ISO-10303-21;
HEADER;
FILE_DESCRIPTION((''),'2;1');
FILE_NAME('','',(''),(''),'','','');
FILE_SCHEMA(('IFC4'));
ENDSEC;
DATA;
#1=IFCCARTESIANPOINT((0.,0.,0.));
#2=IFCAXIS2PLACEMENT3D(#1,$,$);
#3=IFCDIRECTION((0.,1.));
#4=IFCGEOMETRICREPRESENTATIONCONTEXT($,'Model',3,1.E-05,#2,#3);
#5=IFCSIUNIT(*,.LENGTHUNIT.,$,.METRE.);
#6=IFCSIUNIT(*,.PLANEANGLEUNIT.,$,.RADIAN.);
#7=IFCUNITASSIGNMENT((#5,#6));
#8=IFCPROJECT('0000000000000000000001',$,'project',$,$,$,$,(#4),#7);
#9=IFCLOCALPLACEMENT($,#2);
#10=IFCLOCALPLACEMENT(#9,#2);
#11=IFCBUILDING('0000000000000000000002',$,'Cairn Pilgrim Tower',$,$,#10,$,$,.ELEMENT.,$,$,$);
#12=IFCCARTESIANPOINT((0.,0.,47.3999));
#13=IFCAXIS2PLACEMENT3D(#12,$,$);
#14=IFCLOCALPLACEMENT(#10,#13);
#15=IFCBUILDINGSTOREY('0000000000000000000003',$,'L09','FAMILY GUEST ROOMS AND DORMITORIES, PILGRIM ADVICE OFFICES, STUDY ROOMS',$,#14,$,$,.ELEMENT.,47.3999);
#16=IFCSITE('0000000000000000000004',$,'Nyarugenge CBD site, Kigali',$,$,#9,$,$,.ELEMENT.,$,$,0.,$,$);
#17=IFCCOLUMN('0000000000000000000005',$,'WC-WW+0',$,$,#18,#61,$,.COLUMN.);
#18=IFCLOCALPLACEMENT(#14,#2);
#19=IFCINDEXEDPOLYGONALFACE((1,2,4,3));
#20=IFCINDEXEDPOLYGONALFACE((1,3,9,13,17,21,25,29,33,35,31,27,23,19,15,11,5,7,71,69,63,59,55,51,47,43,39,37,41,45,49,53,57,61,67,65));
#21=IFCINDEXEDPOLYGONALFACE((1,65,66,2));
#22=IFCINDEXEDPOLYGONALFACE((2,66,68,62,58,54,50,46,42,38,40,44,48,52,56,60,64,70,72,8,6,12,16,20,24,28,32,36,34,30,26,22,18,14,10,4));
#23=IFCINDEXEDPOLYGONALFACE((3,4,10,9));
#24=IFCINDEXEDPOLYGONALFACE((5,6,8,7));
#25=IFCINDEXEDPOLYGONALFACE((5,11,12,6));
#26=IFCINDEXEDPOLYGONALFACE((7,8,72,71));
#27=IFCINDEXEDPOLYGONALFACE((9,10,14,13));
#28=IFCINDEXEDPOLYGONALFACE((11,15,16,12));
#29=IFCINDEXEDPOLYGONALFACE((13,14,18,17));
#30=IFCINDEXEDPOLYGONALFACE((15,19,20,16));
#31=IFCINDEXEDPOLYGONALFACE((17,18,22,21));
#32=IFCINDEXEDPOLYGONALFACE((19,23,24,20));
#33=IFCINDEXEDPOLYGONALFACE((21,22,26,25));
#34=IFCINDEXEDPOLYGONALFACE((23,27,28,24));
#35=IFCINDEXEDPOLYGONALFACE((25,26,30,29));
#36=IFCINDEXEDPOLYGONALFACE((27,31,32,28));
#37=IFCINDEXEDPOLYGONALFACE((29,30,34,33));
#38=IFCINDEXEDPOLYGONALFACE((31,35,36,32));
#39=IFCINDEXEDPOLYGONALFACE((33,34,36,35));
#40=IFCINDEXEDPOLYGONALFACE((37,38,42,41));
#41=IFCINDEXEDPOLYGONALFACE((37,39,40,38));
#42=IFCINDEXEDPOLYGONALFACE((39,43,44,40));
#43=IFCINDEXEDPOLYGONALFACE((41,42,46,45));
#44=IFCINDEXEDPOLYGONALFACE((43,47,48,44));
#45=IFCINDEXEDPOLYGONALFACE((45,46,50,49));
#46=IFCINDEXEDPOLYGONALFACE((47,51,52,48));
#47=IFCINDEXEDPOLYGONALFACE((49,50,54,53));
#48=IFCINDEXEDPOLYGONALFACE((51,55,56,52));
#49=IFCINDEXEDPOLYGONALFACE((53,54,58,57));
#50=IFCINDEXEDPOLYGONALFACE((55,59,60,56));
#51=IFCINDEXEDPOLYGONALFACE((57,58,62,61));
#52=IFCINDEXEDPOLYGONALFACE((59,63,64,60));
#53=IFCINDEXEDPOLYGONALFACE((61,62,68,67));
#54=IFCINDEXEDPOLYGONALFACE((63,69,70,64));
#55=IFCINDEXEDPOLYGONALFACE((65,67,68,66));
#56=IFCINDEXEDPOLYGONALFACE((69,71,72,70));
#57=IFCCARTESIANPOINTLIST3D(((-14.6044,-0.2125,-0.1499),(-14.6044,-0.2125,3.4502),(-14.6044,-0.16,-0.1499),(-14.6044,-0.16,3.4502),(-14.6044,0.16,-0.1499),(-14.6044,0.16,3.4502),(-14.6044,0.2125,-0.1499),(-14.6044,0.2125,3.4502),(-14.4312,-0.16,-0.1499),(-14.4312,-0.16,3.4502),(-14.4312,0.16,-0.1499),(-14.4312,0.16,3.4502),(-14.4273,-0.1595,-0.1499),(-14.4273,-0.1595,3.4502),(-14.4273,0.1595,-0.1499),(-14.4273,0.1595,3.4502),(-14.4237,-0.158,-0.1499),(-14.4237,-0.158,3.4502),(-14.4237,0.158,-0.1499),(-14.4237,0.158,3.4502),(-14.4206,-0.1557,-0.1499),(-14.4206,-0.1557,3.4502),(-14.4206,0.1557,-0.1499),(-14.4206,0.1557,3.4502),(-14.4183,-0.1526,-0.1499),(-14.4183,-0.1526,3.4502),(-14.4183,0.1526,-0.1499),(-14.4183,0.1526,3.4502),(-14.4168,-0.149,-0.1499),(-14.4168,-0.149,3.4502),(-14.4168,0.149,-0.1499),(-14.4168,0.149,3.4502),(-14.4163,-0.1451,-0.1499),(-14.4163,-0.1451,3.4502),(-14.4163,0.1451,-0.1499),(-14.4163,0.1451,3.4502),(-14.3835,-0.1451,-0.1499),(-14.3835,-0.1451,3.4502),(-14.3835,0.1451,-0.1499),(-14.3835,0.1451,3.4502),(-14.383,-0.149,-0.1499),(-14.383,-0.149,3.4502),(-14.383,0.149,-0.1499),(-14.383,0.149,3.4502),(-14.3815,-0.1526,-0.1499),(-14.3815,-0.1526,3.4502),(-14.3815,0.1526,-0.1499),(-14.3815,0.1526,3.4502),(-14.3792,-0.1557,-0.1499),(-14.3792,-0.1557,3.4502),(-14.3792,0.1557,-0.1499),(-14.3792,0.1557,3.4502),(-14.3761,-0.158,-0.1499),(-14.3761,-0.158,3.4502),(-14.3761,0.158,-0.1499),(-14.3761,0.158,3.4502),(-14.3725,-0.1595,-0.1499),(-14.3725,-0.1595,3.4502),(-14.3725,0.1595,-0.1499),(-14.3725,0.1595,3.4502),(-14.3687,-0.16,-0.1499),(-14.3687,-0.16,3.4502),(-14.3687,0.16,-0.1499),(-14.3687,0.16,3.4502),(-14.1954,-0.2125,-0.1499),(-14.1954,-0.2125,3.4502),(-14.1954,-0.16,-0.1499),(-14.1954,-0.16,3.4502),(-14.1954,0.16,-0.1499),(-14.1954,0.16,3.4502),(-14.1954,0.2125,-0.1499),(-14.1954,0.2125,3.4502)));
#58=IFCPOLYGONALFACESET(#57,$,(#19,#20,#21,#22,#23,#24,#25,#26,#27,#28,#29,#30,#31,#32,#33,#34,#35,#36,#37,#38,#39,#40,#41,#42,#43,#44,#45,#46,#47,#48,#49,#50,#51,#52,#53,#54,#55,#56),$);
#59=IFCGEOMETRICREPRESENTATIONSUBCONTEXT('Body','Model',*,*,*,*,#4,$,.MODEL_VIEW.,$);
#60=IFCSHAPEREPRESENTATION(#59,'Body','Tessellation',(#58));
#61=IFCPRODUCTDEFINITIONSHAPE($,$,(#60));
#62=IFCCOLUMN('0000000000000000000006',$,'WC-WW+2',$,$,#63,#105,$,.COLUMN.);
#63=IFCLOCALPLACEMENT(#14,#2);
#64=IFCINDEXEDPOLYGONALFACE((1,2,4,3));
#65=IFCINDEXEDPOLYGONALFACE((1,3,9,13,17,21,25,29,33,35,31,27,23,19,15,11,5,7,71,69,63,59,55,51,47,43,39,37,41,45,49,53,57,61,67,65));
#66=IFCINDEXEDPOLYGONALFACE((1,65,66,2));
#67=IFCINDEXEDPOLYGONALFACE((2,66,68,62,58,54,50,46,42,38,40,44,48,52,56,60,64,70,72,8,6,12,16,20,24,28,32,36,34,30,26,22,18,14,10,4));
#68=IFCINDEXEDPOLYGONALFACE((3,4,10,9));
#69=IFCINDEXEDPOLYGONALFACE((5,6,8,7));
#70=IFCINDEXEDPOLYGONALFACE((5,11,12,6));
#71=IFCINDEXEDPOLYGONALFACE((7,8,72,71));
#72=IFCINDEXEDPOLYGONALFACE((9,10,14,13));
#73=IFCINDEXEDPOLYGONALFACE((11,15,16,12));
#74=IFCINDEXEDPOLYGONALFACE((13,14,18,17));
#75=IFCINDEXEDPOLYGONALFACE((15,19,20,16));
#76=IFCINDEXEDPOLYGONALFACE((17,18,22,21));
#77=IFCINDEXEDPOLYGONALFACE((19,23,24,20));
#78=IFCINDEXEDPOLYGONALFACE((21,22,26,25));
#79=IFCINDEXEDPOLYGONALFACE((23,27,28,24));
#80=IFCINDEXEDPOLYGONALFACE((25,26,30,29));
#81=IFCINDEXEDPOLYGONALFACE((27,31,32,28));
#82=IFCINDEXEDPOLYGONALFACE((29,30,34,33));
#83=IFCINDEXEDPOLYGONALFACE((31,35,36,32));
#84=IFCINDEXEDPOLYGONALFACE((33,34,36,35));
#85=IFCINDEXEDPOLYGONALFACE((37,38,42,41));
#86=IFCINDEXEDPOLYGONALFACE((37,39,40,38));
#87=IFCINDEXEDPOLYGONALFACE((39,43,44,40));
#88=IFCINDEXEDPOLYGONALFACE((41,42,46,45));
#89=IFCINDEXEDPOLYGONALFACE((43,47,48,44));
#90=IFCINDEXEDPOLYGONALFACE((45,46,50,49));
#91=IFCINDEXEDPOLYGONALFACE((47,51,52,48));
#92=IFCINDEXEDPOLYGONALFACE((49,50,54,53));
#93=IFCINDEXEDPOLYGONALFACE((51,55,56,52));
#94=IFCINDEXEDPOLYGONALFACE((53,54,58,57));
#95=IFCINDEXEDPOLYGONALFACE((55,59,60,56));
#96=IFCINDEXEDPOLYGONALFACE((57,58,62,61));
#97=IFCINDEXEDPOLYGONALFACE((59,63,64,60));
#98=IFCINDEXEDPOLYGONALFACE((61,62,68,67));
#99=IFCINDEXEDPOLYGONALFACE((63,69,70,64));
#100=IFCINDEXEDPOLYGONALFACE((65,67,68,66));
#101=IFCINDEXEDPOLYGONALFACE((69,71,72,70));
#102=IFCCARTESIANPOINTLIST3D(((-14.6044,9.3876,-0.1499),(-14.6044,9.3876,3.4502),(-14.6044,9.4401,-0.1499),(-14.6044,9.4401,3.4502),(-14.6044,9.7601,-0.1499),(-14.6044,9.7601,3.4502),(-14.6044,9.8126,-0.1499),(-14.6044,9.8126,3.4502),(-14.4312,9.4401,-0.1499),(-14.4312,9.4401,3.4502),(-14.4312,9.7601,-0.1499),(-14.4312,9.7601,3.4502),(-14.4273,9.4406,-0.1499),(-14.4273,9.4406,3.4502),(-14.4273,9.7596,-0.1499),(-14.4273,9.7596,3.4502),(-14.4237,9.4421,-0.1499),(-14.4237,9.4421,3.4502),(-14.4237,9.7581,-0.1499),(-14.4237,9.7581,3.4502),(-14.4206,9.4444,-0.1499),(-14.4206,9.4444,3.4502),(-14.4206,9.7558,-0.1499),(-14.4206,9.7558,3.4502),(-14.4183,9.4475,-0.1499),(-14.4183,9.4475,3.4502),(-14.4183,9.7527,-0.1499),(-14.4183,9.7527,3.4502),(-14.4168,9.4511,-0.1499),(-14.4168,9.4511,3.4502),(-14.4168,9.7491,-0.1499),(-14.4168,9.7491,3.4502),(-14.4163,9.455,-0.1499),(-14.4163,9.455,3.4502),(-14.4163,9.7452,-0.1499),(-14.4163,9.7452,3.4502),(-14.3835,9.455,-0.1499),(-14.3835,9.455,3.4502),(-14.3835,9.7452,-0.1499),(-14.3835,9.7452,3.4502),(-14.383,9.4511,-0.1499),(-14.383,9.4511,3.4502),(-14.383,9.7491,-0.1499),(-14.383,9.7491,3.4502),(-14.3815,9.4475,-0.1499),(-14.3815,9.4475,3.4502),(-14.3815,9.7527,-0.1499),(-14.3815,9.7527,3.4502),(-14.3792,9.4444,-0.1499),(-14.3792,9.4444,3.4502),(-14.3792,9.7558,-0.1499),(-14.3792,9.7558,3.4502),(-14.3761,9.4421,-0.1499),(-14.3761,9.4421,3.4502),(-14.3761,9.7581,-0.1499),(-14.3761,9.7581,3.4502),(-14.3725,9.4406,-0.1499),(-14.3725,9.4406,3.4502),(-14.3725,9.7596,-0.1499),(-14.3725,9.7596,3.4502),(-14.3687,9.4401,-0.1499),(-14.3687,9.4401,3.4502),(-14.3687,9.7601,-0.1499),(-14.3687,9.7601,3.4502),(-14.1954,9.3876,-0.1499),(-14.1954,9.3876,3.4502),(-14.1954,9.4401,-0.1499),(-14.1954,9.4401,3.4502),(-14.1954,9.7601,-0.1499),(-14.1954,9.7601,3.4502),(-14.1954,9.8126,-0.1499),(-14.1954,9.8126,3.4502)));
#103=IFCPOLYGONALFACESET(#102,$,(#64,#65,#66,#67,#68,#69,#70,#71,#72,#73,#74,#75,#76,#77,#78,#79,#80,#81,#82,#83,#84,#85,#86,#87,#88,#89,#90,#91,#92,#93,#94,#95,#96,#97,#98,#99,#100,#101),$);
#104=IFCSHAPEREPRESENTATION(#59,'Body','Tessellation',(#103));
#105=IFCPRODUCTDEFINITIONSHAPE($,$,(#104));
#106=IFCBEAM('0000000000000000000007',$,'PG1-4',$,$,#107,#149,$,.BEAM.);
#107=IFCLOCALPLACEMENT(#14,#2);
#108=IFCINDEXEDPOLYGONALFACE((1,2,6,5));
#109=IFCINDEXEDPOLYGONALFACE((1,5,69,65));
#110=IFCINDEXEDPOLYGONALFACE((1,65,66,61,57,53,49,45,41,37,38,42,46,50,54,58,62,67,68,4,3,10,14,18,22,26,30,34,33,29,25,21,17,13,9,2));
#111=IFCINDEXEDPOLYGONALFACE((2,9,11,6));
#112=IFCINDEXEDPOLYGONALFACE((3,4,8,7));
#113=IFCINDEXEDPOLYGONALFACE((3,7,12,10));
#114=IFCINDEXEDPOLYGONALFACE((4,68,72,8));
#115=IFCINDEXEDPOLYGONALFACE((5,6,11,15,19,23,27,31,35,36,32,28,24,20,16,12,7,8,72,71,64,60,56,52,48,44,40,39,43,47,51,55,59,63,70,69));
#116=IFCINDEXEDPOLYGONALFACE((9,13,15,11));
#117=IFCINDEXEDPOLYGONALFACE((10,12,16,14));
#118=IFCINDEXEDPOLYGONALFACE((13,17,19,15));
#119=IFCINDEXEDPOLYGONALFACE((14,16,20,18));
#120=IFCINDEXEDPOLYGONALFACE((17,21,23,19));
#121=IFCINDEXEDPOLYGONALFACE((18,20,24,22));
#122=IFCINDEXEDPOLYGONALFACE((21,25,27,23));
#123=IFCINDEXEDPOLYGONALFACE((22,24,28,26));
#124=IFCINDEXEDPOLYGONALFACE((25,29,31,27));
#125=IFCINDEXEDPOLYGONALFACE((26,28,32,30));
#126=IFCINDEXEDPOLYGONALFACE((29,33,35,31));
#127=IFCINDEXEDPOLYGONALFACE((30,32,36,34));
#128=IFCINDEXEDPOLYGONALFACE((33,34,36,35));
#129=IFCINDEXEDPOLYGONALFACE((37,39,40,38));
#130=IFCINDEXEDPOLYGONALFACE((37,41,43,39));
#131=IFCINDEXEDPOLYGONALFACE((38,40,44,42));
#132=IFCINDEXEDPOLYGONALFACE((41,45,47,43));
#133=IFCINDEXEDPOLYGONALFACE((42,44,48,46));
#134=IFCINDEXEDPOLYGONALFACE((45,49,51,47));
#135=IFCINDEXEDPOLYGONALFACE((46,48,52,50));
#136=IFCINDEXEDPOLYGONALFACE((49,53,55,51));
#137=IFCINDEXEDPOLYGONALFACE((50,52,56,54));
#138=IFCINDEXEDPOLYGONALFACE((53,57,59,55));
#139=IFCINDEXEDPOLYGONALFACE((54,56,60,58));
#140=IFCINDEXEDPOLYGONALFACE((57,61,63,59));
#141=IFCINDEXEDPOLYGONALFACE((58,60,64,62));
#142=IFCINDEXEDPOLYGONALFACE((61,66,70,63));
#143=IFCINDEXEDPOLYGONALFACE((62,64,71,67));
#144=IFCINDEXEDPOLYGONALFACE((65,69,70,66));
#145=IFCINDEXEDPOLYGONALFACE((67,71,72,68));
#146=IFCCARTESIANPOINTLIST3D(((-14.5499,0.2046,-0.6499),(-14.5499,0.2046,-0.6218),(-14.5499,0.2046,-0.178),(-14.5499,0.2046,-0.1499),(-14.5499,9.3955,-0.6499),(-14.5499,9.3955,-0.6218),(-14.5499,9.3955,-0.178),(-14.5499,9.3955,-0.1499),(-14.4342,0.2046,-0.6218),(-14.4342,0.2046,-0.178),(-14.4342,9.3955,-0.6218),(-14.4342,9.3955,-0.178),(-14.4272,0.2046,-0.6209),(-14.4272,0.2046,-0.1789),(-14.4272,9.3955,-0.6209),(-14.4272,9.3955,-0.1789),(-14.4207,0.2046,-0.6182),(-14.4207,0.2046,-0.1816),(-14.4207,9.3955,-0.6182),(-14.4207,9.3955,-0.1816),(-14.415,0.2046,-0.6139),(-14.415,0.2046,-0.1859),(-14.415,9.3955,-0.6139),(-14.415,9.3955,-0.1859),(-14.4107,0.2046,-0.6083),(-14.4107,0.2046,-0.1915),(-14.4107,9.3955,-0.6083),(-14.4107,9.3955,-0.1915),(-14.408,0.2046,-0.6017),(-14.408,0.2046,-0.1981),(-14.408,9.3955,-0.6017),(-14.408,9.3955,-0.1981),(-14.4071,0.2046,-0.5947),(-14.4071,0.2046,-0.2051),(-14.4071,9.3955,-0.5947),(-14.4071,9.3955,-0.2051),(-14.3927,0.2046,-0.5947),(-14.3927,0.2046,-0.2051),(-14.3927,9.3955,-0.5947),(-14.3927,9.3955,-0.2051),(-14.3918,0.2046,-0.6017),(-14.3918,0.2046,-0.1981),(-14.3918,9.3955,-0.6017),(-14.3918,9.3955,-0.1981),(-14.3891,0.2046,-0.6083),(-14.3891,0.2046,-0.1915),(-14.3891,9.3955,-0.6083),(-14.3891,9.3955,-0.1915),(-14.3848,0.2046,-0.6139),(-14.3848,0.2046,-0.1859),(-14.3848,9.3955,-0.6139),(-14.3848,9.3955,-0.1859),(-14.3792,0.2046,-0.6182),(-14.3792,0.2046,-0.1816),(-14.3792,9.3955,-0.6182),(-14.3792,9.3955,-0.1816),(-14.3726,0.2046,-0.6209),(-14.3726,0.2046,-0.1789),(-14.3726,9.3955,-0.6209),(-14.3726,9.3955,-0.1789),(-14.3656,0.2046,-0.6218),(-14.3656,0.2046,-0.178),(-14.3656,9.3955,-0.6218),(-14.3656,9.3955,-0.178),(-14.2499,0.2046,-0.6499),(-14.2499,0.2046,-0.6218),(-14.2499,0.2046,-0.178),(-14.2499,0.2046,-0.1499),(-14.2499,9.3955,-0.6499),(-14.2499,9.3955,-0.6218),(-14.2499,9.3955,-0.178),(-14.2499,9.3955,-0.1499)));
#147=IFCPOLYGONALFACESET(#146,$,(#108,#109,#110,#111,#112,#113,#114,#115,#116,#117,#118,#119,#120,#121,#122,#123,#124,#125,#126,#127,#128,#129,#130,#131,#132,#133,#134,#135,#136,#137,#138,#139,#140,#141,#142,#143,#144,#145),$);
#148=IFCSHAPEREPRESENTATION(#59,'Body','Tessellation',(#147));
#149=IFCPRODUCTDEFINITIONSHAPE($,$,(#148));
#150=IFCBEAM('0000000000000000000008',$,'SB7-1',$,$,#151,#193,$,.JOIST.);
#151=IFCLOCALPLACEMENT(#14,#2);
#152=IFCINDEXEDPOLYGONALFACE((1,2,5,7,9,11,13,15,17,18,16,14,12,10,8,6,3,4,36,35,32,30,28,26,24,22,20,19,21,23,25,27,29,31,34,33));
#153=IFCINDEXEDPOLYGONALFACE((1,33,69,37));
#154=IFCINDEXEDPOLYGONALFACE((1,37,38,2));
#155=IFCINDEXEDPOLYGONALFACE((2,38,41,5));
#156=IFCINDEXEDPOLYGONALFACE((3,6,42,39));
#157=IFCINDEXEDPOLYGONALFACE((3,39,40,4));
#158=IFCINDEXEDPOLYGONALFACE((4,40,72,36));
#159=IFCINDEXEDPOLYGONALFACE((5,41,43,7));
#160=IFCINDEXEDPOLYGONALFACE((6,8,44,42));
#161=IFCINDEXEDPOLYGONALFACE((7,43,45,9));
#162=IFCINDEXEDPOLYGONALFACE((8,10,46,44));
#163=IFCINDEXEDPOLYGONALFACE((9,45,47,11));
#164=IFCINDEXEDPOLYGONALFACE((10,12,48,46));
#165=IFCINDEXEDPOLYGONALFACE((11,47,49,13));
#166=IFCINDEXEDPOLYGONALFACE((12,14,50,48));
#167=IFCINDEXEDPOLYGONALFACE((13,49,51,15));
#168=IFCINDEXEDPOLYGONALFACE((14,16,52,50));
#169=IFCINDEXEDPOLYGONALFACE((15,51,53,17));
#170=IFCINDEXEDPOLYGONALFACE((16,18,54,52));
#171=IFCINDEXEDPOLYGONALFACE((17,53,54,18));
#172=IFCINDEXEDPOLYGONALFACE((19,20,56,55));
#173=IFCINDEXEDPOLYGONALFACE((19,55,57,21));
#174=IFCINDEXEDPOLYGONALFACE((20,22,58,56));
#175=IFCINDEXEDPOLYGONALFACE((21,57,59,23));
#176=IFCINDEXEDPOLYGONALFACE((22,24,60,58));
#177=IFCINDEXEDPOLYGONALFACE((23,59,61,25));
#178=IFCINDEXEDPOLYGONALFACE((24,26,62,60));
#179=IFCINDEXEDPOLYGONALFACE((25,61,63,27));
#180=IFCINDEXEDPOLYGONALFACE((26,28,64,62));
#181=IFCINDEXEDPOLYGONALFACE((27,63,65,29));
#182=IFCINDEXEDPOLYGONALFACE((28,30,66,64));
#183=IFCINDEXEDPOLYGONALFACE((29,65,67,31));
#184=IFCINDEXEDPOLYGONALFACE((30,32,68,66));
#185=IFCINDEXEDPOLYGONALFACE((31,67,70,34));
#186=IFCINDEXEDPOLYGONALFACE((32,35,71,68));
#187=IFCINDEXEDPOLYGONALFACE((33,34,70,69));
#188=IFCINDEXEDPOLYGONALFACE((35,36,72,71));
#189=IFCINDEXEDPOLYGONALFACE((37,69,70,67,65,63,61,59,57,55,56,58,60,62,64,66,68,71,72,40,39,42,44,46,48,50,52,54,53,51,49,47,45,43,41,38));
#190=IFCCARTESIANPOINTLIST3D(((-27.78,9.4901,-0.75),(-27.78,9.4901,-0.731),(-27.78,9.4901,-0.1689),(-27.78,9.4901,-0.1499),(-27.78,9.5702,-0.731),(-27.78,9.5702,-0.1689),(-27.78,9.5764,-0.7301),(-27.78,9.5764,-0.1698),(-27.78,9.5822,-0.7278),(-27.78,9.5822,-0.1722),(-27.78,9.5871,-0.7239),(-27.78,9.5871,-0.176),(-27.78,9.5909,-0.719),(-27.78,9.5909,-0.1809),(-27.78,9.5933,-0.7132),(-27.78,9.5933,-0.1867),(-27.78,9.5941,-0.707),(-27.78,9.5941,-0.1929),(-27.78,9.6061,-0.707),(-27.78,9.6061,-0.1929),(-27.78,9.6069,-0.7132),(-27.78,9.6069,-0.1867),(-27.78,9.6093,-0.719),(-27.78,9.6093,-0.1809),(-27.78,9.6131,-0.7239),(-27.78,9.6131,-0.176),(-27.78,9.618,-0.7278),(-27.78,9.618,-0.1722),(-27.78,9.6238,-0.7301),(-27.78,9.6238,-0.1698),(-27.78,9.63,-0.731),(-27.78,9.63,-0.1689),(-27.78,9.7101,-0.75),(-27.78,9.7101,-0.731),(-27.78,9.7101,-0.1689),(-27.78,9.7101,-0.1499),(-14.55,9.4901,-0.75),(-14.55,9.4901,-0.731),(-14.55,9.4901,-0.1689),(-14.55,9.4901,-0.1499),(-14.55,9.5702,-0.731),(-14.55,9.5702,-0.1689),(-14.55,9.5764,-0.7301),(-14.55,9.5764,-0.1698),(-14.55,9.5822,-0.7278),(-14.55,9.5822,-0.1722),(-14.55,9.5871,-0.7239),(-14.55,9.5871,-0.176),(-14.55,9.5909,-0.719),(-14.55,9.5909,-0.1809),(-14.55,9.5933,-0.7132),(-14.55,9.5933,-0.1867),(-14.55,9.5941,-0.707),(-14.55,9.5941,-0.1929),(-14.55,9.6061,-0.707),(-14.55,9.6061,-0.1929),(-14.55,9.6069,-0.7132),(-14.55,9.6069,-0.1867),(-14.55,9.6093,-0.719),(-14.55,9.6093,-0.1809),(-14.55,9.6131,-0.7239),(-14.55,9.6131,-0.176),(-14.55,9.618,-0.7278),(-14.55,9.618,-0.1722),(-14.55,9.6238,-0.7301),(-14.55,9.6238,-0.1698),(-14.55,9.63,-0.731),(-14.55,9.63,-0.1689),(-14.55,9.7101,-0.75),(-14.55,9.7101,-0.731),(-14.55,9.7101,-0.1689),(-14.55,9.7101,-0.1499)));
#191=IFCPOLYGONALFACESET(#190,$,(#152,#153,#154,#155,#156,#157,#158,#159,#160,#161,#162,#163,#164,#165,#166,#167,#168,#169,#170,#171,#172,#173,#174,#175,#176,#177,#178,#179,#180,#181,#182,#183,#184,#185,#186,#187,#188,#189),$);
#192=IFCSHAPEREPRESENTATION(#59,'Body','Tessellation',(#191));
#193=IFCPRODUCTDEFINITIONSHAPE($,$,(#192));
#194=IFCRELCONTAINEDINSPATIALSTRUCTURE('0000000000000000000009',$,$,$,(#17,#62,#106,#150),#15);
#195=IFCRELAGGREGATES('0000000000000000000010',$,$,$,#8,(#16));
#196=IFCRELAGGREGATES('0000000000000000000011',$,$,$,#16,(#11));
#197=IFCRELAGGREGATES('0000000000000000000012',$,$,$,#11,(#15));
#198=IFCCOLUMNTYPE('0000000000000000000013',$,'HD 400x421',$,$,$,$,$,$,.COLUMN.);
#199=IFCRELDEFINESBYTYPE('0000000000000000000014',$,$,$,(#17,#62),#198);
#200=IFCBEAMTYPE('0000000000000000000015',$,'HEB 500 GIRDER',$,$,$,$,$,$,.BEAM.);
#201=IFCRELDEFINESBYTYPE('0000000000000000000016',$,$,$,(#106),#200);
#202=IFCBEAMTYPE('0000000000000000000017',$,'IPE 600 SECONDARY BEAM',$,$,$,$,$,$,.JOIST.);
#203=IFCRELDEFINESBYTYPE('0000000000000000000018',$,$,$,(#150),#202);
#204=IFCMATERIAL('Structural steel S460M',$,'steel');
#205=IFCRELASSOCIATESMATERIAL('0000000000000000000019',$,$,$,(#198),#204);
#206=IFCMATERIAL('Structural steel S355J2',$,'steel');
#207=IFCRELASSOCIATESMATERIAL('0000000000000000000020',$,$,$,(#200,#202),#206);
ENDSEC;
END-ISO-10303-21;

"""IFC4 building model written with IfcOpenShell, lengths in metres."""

from ifc_helpers import new_model, si_unit, direction, frame, origin, origin_2d, place, context, subcontext, project, spatial, i_section, extrude, material, material_profile, profile_set, type_object, element, save


model = new_model("IFC4")

# Units and contexts
model_context = context("Model", 3, precision=1e-05, world=origin(), true_north=direction((0.0, 1.0)))
body_context = subcontext(model_context, "Body", "Model", "MODEL_VIEW")
ifc_project = project(units=[si_unit("LENGTHUNIT", "METRE"), si_unit("PLANEANGLEUNIT", "RADIAN")], contexts=[model_context])

# Site, building, storey
site_placement = place(None, origin())
site = spatial("IfcSite", under=ifc_project, at=site_placement, Name="Nyarugenge CBD site, Kigali", CompositionType="ELEMENT", RefElevation=0.0)
building_placement = place(site_placement, origin())
building = spatial("IfcBuilding", under=site, at=building_placement, Name="Cairn Pilgrim Tower", CompositionType="ELEMENT")
storey_placement = place(building_placement, frame((0.0, 0.0, 47.3999)))
storey = spatial("IfcBuildingStorey", under=building, at=storey_placement, Name="L09", Description="FAMILY GUEST ROOMS AND DORMITORIES, PILGRIM ADVICE OFFICES, STUDY ROOMS", CompositionType="ELEMENT", Elevation=47.3999)

# Columns
ifc_material_1 = material(Name="Structural steel S460M", Category="steel")
ifc_material_profile_1 = material_profile(ifc_material_1, i_section(OverallWidth=0.4089, OverallDepth=0.425, WebThickness=0.0327, FlangeThickness=0.0525, FilletRadius=0.0149, at=origin_2d()), Name="HD 400x421")
ifc_profile_set_1 = profile_set([ifc_material_profile_1], Name="Structural steel S460M")
column_type = type_object("IfcColumnType", Name="HD 400x421", PredefinedType="COLUMN", material=ifc_profile_set_1)
for number, where, z_axis, x_axis, name in (
    (1, (-14.3999, 0.0, -0.1499), (0.0, 0.0, 1.0), (1.0, 0.0, 0.0), "WC-WW+0"),
    (2, (-14.3999, 9.6001, -0.1499), (0.0, 0.0, 1.0), (1.0, 0.0, 0.0), "WC-WW+2"),
):
    element("IfcColumn", number, at=place(storey_placement, frame(where, z_axis=z_axis, x_axis=x_axis)), inside=storey, type_object=column_type, Name=name, PredefinedType="COLUMN", context=body_context, shape_type="SweptSolid", body=[
        extrude(i_section(OverallWidth=0.4089, OverallDepth=0.425, WebThickness=0.0327, FlangeThickness=0.0525, FilletRadius=0.0149, at=origin_2d()), origin(), (0.0, 0.0, 1.0), 3.6001),
    ])

# Beams
ifc_material_2 = material(Name="Structural steel S355J2", Category="steel")
ifc_material_profile_2 = material_profile(ifc_material_2, i_section(OverallWidth=0.3, OverallDepth=0.5, WebThickness=0.0144, FlangeThickness=0.0281, FilletRadius=0.0271, at=origin_2d()), Name="HEB 500")
ifc_profile_set_2 = profile_set([ifc_material_profile_2], Name="Structural steel S355J2")
beam_type_1 = type_object("IfcBeamType", Name="HEB 500 GIRDER", PredefinedType="BEAM", material=ifc_profile_set_2)
beam_1_placement = place(storey_placement, frame((-14.3999, 0.2046, -0.3999), z_axis=(0.0, 1.0, 0.0), x_axis=(-1.0, 0.0, 0.0)))
element("IfcBeam", 3, at=beam_1_placement, inside=storey, type_object=beam_type_1, Name="PG1-4", PredefinedType="BEAM", context=body_context, shape_type="SweptSolid", body=[
    extrude(i_section(OverallWidth=0.3, OverallDepth=0.5, WebThickness=0.0144, FlangeThickness=0.0281, FilletRadius=0.0271, at=origin_2d()), origin(), (0.0, 0.0, 1.0), 9.1909),
])
ifc_material_profile_3 = material_profile(ifc_material_2, i_section(OverallWidth=0.22, OverallDepth=0.6001, WebThickness=0.012, FlangeThickness=0.019, FilletRadius=0.0239, at=origin_2d()), Name="IPE 600")
ifc_profile_set_3 = profile_set([ifc_material_profile_3], Name="Structural steel S355J2")
beam_type_2 = type_object("IfcBeamType", Name="IPE 600 SECONDARY BEAM", PredefinedType="JOIST", material=ifc_profile_set_3)
beam_2_placement = place(storey_placement, frame((-27.78, 9.6001, -0.45), z_axis=(1.0, 0.0, 0.0), x_axis=(0.0, 1.0, 0.0)))
element("IfcBeam", 4, at=beam_2_placement, inside=storey, type_object=beam_type_2, Name="SB7-1", PredefinedType="JOIST", context=body_context, shape_type="SweptSolid", body=[
    extrude(i_section(OverallWidth=0.22, OverallDepth=0.6001, WebThickness=0.012, FlangeThickness=0.019, FilletRadius=0.0239, at=origin_2d()), origin(), (0.0, 0.0, 1.0), 13.23),
])

save(model, "model.ifc")
